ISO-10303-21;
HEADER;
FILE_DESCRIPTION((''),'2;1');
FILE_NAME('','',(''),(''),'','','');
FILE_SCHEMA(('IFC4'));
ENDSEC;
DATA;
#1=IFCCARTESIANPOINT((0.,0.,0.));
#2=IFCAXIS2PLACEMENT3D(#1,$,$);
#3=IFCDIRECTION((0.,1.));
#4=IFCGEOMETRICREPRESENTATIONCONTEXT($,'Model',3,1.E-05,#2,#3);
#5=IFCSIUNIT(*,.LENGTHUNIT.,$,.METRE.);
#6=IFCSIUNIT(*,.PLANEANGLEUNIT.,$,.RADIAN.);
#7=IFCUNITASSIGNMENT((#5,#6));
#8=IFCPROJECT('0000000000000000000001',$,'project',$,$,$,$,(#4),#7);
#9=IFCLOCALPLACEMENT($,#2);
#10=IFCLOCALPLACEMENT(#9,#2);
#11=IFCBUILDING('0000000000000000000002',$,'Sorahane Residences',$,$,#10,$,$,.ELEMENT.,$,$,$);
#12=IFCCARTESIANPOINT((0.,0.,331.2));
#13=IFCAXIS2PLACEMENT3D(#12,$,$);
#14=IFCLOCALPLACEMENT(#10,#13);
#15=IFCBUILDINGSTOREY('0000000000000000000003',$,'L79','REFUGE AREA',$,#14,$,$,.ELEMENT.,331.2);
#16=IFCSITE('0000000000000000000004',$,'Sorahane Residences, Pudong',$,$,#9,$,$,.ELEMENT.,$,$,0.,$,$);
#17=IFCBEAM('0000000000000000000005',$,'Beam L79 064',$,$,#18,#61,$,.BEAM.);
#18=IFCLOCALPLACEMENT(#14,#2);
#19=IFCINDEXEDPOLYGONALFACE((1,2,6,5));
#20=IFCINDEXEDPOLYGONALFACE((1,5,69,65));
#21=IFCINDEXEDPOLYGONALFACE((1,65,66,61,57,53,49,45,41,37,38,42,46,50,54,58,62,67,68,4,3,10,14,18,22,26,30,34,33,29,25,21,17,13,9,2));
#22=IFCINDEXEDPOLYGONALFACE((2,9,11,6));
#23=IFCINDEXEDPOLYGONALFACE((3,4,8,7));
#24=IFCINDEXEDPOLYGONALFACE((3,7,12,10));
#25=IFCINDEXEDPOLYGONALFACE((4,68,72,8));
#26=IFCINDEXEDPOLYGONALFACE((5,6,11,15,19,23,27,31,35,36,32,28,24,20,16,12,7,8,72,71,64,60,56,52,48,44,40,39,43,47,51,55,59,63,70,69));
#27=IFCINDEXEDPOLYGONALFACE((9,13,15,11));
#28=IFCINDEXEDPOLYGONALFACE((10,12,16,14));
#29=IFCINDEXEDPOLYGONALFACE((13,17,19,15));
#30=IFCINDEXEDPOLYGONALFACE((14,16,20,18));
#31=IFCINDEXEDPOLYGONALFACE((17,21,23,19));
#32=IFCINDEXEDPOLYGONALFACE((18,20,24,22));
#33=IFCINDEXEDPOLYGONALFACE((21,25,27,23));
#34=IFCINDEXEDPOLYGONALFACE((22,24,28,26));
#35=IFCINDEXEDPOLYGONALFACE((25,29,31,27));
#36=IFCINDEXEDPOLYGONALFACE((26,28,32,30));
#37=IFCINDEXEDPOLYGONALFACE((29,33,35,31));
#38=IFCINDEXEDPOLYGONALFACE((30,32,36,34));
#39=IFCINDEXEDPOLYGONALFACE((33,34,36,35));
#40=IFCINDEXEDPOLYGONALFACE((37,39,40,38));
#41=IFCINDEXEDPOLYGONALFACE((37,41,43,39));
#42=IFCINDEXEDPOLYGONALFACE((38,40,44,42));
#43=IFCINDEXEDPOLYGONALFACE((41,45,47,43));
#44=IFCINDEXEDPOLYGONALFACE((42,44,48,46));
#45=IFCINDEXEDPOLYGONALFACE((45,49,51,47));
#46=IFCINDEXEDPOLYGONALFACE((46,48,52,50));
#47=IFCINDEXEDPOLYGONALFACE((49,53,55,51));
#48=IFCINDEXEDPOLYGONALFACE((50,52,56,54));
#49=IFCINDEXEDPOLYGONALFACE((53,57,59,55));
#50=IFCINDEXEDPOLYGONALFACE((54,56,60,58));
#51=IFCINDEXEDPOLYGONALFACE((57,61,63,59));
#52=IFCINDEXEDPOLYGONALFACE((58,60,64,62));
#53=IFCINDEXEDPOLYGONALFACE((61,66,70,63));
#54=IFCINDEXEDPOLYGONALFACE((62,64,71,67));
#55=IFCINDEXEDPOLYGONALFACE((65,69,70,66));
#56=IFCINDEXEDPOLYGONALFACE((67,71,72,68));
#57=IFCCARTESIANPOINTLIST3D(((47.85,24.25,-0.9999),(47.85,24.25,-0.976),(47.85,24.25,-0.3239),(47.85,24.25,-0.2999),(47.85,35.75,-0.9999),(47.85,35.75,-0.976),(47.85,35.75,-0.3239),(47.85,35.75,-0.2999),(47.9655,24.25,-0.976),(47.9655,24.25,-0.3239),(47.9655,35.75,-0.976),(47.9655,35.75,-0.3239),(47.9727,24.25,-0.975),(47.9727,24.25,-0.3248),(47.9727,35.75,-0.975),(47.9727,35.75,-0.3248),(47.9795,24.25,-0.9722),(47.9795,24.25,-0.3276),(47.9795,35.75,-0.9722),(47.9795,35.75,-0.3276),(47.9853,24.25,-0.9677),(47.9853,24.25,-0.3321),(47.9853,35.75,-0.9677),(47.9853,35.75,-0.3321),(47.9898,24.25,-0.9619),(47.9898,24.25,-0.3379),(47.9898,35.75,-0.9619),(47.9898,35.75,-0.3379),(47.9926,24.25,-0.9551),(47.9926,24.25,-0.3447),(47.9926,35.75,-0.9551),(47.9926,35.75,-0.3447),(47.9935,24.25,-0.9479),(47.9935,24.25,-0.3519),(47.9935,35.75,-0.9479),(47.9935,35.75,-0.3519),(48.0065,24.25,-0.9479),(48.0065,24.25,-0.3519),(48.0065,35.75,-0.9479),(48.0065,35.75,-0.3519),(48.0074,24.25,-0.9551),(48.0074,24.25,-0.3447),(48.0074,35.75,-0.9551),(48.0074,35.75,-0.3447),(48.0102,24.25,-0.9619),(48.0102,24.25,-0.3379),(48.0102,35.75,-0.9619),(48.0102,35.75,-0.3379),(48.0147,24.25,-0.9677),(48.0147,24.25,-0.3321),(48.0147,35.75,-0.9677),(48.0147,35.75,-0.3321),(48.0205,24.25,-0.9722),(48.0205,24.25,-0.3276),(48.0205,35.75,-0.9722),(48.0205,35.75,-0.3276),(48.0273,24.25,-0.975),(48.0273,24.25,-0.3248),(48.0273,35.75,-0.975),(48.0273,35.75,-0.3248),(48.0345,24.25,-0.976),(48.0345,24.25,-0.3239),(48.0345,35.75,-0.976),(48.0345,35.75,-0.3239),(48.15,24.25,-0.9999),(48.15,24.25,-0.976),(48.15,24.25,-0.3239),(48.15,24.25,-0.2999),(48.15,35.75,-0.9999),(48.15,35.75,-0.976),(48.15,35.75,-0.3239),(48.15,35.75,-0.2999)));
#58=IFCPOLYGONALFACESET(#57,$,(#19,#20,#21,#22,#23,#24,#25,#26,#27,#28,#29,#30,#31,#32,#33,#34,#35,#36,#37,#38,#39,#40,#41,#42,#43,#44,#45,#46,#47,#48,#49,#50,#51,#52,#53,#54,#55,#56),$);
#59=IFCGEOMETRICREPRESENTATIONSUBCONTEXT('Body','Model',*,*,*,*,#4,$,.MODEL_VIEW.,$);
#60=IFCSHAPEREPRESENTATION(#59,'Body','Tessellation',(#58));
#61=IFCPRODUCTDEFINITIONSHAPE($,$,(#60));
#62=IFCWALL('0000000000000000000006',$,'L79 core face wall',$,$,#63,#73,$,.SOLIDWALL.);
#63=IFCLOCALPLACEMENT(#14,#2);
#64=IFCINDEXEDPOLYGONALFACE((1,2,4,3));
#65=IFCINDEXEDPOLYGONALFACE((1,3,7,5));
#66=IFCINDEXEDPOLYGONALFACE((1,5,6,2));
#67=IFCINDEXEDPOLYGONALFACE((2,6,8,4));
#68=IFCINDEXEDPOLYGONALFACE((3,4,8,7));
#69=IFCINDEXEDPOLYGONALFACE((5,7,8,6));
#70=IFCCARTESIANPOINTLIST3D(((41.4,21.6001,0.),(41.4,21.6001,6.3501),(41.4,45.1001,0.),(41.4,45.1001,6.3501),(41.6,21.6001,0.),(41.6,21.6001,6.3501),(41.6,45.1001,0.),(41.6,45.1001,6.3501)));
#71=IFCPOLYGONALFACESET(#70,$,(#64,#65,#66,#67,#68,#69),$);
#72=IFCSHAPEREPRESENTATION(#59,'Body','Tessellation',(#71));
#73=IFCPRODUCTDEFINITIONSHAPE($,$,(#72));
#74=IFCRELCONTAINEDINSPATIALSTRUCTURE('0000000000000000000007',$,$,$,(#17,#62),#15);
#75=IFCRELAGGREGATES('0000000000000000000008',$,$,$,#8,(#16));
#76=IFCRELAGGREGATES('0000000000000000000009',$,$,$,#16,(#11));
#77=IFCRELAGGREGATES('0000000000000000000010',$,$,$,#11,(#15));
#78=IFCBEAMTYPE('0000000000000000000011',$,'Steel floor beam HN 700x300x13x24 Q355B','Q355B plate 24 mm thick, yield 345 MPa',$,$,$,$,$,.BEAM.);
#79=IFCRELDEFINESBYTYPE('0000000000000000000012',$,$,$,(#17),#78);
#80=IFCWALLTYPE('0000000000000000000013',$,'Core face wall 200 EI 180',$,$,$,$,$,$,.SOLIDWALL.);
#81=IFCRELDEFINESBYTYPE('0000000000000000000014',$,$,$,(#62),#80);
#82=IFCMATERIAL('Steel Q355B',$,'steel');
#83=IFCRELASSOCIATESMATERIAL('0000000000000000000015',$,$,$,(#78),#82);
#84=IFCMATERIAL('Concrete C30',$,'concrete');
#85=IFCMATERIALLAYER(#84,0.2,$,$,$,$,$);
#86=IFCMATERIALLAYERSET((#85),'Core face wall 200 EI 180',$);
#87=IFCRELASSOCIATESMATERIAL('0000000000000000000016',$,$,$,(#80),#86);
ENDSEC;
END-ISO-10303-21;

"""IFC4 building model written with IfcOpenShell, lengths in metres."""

from ifc_helpers import new_model, si_unit, direction, frame, frame_2d, origin, origin_2d, place, context, subcontext, project, spatial, rectangle, i_section, extrude, material, layer, layer_set, material_profile, profile_set, type_object, element, save


model = new_model("IFC4")

# Units and contexts
model_context = context("Model", 3, precision=1e-05, world=origin(), true_north=direction((0.0, 1.0)))
body_context = subcontext(model_context, "Body", "Model", "MODEL_VIEW")
ifc_project = project(units=[si_unit("LENGTHUNIT", "METRE"), si_unit("PLANEANGLEUNIT", "RADIAN")], contexts=[model_context])

# Site, building, storey
site_placement = place(None, origin())
site = spatial("IfcSite", under=ifc_project, at=site_placement, Name="Sorahane Residences, Pudong", CompositionType="ELEMENT", RefElevation=0.0)
building_placement = place(site_placement, origin())
building = spatial("IfcBuilding", under=site, at=building_placement, Name="Sorahane Residences", CompositionType="ELEMENT")
storey_placement = place(building_placement, frame((0.0, 0.0, 331.2)))
storey = spatial("IfcBuildingStorey", under=building, at=storey_placement, Name="L79", Description="REFUGE AREA", CompositionType="ELEMENT", Elevation=331.2)

# Beam
ifc_material_1 = material(Name="Steel Q355B", Category="steel")
ifc_material_profile_1 = material_profile(ifc_material_1, i_section(OverallWidth=0.3, OverallDepth=0.7, WebThickness=0.0129, FlangeThickness=0.0239, FilletRadius=0.0281, at=origin_2d()), Name="HN 700x300x13x24")
ifc_profile_set_1 = profile_set([ifc_material_profile_1], Name="Steel Q355B")
beam_type_1 = type_object("IfcBeamType", Name="Steel floor beam HN 700x300x13x24 Q355B", Description="Q355B plate 24 mm thick, yield 345 MPa", PredefinedType="BEAM", material=ifc_profile_set_1)
beam_1_placement = place(storey_placement, frame((48.0, 24.25, -0.6499), z_axis=(0.0, 1.0, 0.0), x_axis=(-1.0, 0.0, 0.0)))
element("IfcBeam", 1, at=beam_1_placement, inside=storey, type_object=beam_type_1, Name="Beam L79 064", PredefinedType="BEAM", context=body_context, shape_type="SweptSolid", body=[
    extrude(i_section(OverallWidth=0.3, OverallDepth=0.7, WebThickness=0.0129, FlangeThickness=0.0239, FilletRadius=0.0281, at=origin_2d()), origin(), (0.0, 0.0, 1.0), 11.5),
])

# Wall
ifc_material_2 = material(Name="Concrete C30", Category="concrete")
ifc_layer = layer(ifc_material_2, 0.2)
ifc_layer_set = layer_set([ifc_layer], Name="Core face wall 200 EI 180")
wall_type = type_object("IfcWallType", Name="Core face wall 200 EI 180", PredefinedType="SOLIDWALL", material=ifc_layer_set)
wall_placement = place(storey_placement, frame((41.5, 21.6001, 0.0), z_axis=(0.0, 0.0, 1.0), x_axis=(0.0, 1.0, 0.0)))
element("IfcWall", 2, at=wall_placement, inside=storey, type_object=wall_type, Name="L79 core face wall", PredefinedType="SOLIDWALL", context=body_context, shape_type="SweptSolid", body=[
    extrude(rectangle(XDim=23.5, YDim=0.2, at=frame_2d((11.75, 0.0))), origin(), (0.0, 0.0, 1.0), 6.3501),
])

save(model, "model.ifc")
